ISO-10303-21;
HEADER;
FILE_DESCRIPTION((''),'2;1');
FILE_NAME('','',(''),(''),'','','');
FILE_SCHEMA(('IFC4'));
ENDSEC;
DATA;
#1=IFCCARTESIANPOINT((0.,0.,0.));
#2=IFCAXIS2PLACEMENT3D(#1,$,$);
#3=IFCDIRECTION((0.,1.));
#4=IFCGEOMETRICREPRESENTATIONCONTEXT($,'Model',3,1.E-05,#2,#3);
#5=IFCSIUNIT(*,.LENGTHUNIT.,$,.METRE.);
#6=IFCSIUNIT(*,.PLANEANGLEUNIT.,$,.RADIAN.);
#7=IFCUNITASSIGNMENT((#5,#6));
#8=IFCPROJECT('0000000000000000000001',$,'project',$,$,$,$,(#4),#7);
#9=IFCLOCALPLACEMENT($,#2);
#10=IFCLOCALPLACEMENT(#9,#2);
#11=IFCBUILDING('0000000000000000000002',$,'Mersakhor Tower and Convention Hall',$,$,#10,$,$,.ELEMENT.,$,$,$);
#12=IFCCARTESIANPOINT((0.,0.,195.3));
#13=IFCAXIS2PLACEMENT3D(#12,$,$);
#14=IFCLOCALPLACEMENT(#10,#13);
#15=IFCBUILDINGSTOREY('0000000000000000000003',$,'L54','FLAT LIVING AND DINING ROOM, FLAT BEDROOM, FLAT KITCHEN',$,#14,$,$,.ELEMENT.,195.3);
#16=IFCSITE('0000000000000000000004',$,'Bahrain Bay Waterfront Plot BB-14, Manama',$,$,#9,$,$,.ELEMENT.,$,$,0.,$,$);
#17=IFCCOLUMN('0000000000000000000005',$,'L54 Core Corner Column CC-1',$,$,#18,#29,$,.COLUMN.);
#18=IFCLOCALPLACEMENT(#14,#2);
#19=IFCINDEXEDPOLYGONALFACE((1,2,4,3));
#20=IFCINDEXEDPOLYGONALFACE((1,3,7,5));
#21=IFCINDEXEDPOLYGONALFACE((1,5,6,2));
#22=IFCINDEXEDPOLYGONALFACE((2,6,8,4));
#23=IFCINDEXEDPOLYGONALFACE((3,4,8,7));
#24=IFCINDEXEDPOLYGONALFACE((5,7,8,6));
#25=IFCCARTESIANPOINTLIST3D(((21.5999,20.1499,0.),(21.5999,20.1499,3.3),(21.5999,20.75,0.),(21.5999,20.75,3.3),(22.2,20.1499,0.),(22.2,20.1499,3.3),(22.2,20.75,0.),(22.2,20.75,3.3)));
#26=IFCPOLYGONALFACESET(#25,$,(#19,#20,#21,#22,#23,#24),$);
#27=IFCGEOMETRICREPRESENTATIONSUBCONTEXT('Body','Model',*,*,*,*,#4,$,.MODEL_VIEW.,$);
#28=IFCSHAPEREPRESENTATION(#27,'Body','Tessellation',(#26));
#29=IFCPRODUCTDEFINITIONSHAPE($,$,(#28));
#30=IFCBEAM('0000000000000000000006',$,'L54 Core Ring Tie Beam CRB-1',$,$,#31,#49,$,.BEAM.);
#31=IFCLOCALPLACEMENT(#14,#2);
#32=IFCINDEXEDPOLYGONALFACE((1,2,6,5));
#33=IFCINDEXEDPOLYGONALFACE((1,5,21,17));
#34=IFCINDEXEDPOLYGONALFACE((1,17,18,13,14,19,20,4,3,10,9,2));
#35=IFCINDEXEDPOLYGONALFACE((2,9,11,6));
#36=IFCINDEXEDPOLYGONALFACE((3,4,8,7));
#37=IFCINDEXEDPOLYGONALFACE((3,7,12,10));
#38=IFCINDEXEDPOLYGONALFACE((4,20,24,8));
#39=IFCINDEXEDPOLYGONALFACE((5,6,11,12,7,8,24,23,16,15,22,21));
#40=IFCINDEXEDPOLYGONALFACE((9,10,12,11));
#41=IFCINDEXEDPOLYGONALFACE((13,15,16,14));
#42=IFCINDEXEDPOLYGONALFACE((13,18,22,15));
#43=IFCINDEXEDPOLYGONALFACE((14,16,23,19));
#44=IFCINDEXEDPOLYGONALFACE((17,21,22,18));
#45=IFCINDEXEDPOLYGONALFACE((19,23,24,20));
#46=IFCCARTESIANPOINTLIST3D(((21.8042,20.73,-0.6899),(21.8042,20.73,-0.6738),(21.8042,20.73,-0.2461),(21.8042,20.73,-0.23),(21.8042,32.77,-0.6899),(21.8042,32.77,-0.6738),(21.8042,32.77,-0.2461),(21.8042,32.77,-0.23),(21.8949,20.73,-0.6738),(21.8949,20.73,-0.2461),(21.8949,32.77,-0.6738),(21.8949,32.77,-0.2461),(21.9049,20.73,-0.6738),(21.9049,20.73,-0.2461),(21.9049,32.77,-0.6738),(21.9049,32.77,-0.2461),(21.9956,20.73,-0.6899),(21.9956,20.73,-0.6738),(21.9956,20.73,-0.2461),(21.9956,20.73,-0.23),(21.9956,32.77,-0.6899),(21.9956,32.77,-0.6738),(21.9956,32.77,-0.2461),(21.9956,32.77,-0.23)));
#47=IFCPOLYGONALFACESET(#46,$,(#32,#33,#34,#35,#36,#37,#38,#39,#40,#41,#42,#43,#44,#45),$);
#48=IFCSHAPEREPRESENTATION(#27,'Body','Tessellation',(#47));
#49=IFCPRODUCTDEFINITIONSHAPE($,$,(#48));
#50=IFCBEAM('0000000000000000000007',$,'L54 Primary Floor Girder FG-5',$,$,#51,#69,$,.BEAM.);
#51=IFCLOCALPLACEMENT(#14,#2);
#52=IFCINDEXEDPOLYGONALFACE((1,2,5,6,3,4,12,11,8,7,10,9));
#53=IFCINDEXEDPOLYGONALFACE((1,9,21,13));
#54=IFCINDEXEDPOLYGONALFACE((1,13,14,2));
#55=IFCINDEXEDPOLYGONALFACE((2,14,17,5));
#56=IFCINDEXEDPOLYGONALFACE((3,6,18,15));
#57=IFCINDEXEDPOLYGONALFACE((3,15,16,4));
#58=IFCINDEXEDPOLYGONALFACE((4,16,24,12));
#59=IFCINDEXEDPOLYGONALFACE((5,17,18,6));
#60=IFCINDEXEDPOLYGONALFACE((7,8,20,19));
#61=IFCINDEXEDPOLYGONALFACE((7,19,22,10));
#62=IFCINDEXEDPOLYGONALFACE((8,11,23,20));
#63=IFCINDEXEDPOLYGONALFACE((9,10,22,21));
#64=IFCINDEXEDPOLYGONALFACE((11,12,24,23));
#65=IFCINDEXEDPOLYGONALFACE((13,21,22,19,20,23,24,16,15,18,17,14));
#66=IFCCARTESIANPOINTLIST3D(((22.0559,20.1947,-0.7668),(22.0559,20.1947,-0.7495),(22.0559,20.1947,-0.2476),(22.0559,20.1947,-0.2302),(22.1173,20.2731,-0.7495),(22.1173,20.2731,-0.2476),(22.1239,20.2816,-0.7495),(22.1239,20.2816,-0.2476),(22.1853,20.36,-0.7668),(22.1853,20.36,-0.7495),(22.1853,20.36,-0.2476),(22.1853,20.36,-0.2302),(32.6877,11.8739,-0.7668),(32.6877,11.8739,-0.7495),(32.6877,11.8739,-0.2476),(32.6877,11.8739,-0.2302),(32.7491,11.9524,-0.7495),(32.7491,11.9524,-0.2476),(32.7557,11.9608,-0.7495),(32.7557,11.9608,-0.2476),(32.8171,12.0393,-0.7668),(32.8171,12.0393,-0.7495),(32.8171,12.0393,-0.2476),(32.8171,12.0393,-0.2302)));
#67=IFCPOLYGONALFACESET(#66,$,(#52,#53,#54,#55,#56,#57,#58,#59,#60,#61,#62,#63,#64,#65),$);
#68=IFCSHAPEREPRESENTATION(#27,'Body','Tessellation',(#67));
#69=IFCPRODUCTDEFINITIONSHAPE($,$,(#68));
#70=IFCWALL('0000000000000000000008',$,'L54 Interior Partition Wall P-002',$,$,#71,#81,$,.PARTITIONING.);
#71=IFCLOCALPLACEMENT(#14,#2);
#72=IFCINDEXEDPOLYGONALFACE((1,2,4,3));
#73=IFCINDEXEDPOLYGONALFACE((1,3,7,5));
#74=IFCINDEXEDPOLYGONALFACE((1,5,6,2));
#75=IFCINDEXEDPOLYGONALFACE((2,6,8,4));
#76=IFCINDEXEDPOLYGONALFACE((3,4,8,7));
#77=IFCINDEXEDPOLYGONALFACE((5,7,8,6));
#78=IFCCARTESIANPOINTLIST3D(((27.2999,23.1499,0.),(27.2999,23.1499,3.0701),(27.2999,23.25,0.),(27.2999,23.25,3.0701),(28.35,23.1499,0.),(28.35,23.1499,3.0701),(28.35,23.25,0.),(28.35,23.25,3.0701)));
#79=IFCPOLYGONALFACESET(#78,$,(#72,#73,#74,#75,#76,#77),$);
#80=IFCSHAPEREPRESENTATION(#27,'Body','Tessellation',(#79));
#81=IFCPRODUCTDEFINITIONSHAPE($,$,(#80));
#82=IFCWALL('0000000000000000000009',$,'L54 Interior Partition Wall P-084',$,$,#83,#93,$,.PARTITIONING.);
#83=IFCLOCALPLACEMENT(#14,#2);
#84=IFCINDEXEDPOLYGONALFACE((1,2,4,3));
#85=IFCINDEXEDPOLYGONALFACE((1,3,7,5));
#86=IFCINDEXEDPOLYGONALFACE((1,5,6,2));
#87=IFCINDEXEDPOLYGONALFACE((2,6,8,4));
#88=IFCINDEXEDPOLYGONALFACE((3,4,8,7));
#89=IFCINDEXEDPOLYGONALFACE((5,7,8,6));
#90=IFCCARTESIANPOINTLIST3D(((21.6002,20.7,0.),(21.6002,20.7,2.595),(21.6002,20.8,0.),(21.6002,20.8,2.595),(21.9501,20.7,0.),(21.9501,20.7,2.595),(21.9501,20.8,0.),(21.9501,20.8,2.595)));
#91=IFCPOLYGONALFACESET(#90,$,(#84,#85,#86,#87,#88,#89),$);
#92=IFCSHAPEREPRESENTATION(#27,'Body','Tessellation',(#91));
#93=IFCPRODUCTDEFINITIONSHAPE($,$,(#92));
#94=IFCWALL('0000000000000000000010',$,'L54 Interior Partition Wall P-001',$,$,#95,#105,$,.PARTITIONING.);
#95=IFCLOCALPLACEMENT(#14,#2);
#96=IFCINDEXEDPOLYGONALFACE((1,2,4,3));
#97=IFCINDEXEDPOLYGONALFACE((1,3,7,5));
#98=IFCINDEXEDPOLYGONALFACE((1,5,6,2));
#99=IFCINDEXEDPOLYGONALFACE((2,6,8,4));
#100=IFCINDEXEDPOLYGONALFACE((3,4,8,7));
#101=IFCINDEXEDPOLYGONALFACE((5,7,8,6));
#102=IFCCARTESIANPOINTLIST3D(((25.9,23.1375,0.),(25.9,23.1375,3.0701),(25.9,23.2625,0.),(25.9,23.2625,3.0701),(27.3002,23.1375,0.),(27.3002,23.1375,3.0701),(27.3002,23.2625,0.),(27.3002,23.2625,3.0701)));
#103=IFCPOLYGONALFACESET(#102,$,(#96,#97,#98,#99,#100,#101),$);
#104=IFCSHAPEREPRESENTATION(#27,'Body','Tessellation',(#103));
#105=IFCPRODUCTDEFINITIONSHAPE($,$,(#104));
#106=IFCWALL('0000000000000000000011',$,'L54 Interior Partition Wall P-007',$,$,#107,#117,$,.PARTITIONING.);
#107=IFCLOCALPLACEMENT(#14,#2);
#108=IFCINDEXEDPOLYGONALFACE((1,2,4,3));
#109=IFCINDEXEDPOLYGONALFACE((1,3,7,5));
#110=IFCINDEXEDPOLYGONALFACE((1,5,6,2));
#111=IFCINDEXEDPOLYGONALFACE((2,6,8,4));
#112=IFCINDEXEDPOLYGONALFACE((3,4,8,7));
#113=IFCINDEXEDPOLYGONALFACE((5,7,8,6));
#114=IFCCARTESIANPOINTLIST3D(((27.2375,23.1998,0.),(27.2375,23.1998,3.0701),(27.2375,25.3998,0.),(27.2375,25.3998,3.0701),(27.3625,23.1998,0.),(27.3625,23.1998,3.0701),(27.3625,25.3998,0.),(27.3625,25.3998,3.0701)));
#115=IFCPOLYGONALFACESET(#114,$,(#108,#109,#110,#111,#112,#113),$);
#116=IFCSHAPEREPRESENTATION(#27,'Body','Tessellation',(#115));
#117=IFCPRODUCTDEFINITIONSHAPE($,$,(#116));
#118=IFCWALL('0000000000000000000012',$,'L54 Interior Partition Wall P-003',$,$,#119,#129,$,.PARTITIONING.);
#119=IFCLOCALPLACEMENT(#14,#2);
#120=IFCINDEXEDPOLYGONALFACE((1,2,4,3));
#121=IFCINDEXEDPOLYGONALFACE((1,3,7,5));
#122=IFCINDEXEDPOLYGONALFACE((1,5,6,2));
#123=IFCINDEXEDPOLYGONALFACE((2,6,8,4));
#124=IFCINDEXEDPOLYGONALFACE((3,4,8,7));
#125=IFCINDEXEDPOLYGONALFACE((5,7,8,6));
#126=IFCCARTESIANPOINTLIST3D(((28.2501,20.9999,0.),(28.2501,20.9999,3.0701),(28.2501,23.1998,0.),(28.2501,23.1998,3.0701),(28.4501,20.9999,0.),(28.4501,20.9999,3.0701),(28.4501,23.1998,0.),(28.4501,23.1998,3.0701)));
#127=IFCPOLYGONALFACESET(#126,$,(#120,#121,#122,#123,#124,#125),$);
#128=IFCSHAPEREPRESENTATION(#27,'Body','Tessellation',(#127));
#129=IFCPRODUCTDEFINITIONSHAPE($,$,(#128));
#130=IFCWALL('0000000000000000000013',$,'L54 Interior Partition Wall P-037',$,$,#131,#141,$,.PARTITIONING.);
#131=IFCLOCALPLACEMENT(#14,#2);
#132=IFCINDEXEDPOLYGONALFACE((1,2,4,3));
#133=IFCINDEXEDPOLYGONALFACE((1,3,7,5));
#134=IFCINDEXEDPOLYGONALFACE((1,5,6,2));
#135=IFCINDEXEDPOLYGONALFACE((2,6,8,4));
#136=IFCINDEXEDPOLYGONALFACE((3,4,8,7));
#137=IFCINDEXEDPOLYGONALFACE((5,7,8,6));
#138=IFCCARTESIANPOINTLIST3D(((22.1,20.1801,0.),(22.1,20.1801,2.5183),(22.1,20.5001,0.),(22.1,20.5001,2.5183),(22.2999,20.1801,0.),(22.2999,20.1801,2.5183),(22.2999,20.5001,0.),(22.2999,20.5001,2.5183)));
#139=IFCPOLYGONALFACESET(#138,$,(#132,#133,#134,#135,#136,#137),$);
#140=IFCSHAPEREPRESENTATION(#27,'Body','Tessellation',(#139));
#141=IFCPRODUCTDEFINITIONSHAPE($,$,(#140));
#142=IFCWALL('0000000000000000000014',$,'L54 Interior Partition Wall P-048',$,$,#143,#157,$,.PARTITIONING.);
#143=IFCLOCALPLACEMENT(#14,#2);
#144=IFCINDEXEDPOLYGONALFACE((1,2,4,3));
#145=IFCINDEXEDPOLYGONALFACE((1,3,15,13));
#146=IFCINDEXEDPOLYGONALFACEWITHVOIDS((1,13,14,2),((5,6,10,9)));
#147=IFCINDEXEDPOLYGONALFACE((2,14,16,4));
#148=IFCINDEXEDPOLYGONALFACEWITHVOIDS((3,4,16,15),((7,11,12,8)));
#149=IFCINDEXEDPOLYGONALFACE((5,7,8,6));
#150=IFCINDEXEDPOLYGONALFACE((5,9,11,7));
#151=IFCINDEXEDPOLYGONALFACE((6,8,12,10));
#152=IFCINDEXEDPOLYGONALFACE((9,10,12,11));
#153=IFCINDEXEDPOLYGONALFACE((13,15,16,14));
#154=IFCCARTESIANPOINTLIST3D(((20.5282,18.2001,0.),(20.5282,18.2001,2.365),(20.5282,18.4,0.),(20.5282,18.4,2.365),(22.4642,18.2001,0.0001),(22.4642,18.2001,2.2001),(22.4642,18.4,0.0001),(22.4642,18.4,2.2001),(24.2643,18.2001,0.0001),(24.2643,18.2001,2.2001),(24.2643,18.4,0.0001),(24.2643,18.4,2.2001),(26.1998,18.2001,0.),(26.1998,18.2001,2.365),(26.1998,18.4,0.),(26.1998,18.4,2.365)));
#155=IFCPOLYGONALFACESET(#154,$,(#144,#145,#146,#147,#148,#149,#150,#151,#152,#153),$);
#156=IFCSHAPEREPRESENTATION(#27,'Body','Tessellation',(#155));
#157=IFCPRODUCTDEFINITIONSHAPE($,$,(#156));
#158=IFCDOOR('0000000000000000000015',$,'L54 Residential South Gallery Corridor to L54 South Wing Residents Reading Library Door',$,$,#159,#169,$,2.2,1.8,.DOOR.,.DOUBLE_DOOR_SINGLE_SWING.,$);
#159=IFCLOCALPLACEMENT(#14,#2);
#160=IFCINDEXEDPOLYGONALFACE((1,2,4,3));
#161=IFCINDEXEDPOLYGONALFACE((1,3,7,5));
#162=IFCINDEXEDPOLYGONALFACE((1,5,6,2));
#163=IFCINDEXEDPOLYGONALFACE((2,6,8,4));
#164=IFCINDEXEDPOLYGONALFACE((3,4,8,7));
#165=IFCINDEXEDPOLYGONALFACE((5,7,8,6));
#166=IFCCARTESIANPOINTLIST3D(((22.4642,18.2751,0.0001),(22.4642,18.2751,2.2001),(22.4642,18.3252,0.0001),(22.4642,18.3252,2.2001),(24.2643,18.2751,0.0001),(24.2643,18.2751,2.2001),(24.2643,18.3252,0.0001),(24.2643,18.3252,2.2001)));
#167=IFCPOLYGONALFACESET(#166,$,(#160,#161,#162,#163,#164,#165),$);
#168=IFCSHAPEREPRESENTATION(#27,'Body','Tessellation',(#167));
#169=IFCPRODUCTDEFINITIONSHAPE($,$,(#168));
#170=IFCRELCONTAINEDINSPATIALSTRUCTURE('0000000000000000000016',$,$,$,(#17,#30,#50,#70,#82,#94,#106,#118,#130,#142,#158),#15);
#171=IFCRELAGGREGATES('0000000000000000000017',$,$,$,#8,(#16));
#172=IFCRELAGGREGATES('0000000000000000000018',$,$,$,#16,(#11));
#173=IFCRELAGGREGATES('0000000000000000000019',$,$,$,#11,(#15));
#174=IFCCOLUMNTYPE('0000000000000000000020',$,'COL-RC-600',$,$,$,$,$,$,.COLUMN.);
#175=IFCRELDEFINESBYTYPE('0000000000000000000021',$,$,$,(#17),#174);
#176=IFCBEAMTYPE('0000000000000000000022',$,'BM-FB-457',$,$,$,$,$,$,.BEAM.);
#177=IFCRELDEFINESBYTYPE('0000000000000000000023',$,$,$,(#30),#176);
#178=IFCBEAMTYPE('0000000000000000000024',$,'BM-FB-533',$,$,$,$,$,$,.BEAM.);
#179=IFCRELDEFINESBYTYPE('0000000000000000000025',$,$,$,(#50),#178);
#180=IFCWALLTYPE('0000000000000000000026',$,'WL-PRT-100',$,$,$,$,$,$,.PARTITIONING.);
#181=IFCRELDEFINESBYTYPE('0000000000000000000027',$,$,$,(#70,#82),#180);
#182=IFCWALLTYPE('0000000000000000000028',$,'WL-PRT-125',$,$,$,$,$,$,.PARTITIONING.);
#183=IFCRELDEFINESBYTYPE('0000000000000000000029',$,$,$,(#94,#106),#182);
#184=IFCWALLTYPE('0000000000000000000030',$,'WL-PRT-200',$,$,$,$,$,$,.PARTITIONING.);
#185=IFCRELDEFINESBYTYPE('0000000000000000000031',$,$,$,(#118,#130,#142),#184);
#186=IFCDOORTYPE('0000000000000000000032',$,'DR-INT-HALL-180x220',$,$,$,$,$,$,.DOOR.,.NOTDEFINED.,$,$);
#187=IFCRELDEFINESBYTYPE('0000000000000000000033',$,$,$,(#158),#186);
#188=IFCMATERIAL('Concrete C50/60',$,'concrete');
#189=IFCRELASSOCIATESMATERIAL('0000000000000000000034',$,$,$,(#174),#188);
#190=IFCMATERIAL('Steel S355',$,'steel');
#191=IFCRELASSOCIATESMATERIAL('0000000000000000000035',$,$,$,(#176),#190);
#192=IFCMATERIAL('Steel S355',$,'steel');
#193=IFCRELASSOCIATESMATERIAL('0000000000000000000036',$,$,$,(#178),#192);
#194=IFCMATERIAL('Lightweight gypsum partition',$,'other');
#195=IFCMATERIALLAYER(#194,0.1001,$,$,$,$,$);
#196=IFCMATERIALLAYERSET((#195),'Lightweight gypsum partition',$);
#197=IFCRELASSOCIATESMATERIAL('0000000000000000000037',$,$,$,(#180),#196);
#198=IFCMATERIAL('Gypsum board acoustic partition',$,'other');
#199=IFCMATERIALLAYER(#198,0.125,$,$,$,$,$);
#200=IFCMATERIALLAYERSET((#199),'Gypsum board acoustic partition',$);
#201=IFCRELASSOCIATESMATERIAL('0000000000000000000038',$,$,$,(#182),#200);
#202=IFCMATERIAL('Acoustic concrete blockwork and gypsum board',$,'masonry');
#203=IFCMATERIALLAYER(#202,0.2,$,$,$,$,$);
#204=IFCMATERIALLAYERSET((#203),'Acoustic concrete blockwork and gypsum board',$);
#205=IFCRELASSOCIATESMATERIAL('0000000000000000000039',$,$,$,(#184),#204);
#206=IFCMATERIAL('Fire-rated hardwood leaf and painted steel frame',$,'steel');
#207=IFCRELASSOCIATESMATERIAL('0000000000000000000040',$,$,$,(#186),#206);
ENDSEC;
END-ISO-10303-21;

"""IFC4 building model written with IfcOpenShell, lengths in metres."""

from ifc_helpers import new_model, si_unit, direction, frame, frame_2d, origin, origin_2d, place, context, subcontext, project, spatial, rectangle, i_section, extrude, material, layer, layer_set, material_profile, profile_set, type_object, element, fill, save


model = new_model("IFC4")

# Units and contexts
model_context = context("Model", 3, precision=1e-05, world=origin(), true_north=direction((0.0, 1.0)))
body_context = subcontext(model_context, "Body", "Model", "MODEL_VIEW")
ifc_project = project(units=[si_unit("LENGTHUNIT", "METRE"), si_unit("PLANEANGLEUNIT", "RADIAN")], contexts=[model_context])

# Site, building, storey
site_placement = place(None, origin())
site = spatial("IfcSite", under=ifc_project, at=site_placement, Name="Bahrain Bay Waterfront Plot BB-14, Manama", CompositionType="ELEMENT", RefElevation=0.0)
building_placement = place(site_placement, origin())
building = spatial("IfcBuilding", under=site, at=building_placement, Name="Mersakhor Tower and Convention Hall", CompositionType="ELEMENT")
storey_placement = place(building_placement, frame((0.0, 0.0, 195.3)))
storey = spatial("IfcBuildingStorey", under=building, at=storey_placement, Name="L54", Description="FLAT LIVING AND DINING ROOM, FLAT BEDROOM, FLAT KITCHEN", CompositionType="ELEMENT", Elevation=195.3)

# Column
ifc_material_1 = material(Name="Concrete C50/60", Category="concrete")
ifc_material_profile_1 = material_profile(ifc_material_1, rectangle(XDim=0.6001, YDim=0.6001, at=origin_2d()), Name="RC 600x600")
ifc_profile_set_1 = profile_set([ifc_material_profile_1], Name="Concrete C50/60")
column_type = type_object("IfcColumnType", Name="COL-RC-600", PredefinedType="COLUMN", material=ifc_profile_set_1)
column_placement = place(storey_placement, frame((21.8999, 20.45, 0.0), z_axis=(0.0, 0.0, 1.0), x_axis=(1.0, 0.0, 0.0)))
element("IfcColumn", 1, at=column_placement, inside=storey, type_object=column_type, Name="L54 Core Corner Column CC-1", PredefinedType="COLUMN", context=body_context, shape_type="SweptSolid", body=[
    extrude(rectangle(XDim=0.6001, YDim=0.6001, at=origin_2d()), origin(), (0.0, 0.0, 1.0), 3.3),
])

# Beams
ifc_material_2 = material(Name="Steel S355", Category="steel")
ifc_material_profile_2 = material_profile(ifc_material_2, i_section(OverallWidth=0.1914, OverallDepth=0.46, WebThickness=0.01, FlangeThickness=0.0161, at=origin_2d()), Name="UB 457x191x82")
ifc_profile_set_2 = profile_set([ifc_material_profile_2], Name="Steel S355")
beam_type_1 = type_object("IfcBeamType", Name="BM-FB-457", PredefinedType="BEAM", material=ifc_profile_set_2)
beam_1_placement = place(storey_placement, frame((21.8999, 20.73, -0.46), z_axis=(0.0, 1.0, 0.0), x_axis=(-1.0, 0.0, 0.0)))
element("IfcBeam", 2, at=beam_1_placement, inside=storey, type_object=beam_type_1, Name="L54 Core Ring Tie Beam CRB-1", PredefinedType="BEAM", context=body_context, shape_type="SweptSolid", body=[
    extrude(i_section(OverallWidth=0.1914, OverallDepth=0.46, WebThickness=0.01, FlangeThickness=0.0161, at=origin_2d()), origin(), (0.0, 0.0, 1.0), 12.04),
])
ifc_material_3 = material(Name="Steel S355", Category="steel")
ifc_material_profile_3 = material_profile(ifc_material_3, i_section(OverallWidth=0.21, OverallDepth=0.5366, WebThickness=0.0107, FlangeThickness=0.0173, at=origin_2d()), Name="UB 533x210x101")
ifc_profile_set_3 = profile_set([ifc_material_profile_3], Name="Steel S355")
beam_type_2 = type_object("IfcBeamType", Name="BM-FB-533", PredefinedType="BEAM", material=ifc_profile_set_3)
beam_2_placement = place(storey_placement, frame((22.1206, 20.2773, -0.4985), z_axis=(0.787497, -0.616319, 0.0), x_axis=(0.616319, 0.787497, 0.0)))
element("IfcBeam", 3, at=beam_2_placement, inside=storey, type_object=beam_type_2, Name="L54 Primary Floor Girder FG-5", PredefinedType="BEAM", context=body_context, shape_type="SweptSolid", body=[
    extrude(i_section(OverallWidth=0.21, OverallDepth=0.5366, WebThickness=0.0107, FlangeThickness=0.0173, at=origin_2d()), origin(), (0.0, 0.0, 1.0), 13.5007),
])

# Walls
ifc_material_4 = material(Name="Lightweight gypsum partition", Category="other")
ifc_layer_1 = layer(ifc_material_4, 0.1001)
ifc_layer_set_1 = layer_set([ifc_layer_1], Name="Lightweight gypsum partition")
wall_type_1 = type_object("IfcWallType", Name="WL-PRT-100", PredefinedType="PARTITIONING", material=ifc_layer_set_1)
wall_1_placement = place(storey_placement, frame((27.3, 23.2, 0.0), z_axis=(0.0, 0.0, 1.0), x_axis=(1.0, 0.0, 0.0)))
element("IfcWall", 4, at=wall_1_placement, inside=storey, type_object=wall_type_1, Name="L54 Interior Partition Wall P-002", PredefinedType="PARTITIONING", context=body_context, shape_type="SweptSolid", body=[
    extrude(rectangle(XDim=1.05, YDim=0.1001, at=frame_2d((0.5249, 0.0))), origin(), (0.0, 0.0, 1.0), 3.0701),
])
wall_2_placement = place(storey_placement, frame((21.95, 20.75, 0.0), z_axis=(0.0, 0.0, 1.0), x_axis=(-1.0, 0.0, 0.0)))
element("IfcWall", 5, at=wall_2_placement, inside=storey, type_object=wall_type_1, Name="L54 Interior Partition Wall P-084", PredefinedType="PARTITIONING", context=body_context, shape_type="SweptSolid", body=[
    extrude(rectangle(XDim=0.3499, YDim=0.1001, at=frame_2d((0.1748, 0.0))), origin(), (0.0, 0.0, 1.0), 2.595),
])
ifc_material_5 = material(Name="Gypsum board acoustic partition", Category="other")
ifc_layer_2 = layer(ifc_material_5, 0.125)
ifc_layer_set_2 = layer_set([ifc_layer_2], Name="Gypsum board acoustic partition")
wall_type_2 = type_object("IfcWallType", Name="WL-PRT-125", PredefinedType="PARTITIONING", material=ifc_layer_set_2)
wall_3_placement = place(storey_placement, frame((25.8999, 23.2, 0.0), z_axis=(0.0, 0.0, 1.0), x_axis=(1.0, 0.0, 0.0)))
element("IfcWall", 6, at=wall_3_placement, inside=storey, type_object=wall_type_2, Name="L54 Interior Partition Wall P-001", PredefinedType="PARTITIONING", context=body_context, shape_type="SweptSolid", body=[
    extrude(rectangle(XDim=1.4001, YDim=0.125, at=frame_2d((0.7002, 0.0))), origin(), (0.0, 0.0, 1.0), 3.0701),
])
wall_4_placement = place(storey_placement, frame((27.3, 25.3999, 0.0), z_axis=(0.0, 0.0, 1.0), x_axis=(0.0, -1.0, 0.0)))
element("IfcWall", 7, at=wall_4_placement, inside=storey, type_object=wall_type_2, Name="L54 Interior Partition Wall P-007", PredefinedType="PARTITIONING", context=body_context, shape_type="SweptSolid", body=[
    extrude(rectangle(XDim=2.2, YDim=0.125, at=frame_2d((1.1001, 0.0))), origin(), (0.0, 0.0, 1.0), 3.0701),
])

# Shared definitions
ifc_material_6 = material(Name="Acoustic concrete blockwork and gypsum board", Category="masonry")
ifc_layer_3 = layer(ifc_material_6, 0.2)
ifc_layer_set_3 = layer_set([ifc_layer_3], Name="Acoustic concrete blockwork and gypsum board")
wall_type_3 = type_object("IfcWallType", Name="WL-PRT-200", PredefinedType="PARTITIONING", material=ifc_layer_set_3)

# Walls
wall_5_placement = place(storey_placement, frame((28.3501, 23.2, 0.0), z_axis=(0.0, 0.0, 1.0), x_axis=(0.0, -1.0, 0.0)))
element("IfcWall", 8, at=wall_5_placement, inside=storey, type_object=wall_type_3, Name="L54 Interior Partition Wall P-003", PredefinedType="PARTITIONING", context=body_context, shape_type="SweptSolid", body=[
    extrude(rectangle(XDim=2.2, YDim=0.2, at=frame_2d((1.1001, 0.0))), origin(), (0.0, 0.0, 1.0), 3.0701),
])
wall_6_placement = place(storey_placement, frame((22.2, 20.1799, 0.0), z_axis=(0.0, 0.0, 1.0), x_axis=(0.0, 1.0, 0.0)))
element("IfcWall", 9, at=wall_6_placement, inside=storey, type_object=wall_type_3, Name="L54 Interior Partition Wall P-037", PredefinedType="PARTITIONING", context=body_context, shape_type="SweptSolid", body=[
    extrude(rectangle(XDim=0.3201, YDim=0.2, at=frame_2d((0.1602, 0.0))), origin(), (0.0, 0.0, 1.0), 2.5183),
])

# Wall, opening, door
wall_7_placement = place(storey_placement, frame((26.2, 18.3, 0.0), z_axis=(0.0, 0.0, 1.0), x_axis=(-1.0, 0.0, 0.0)))
wall_7 = element("IfcWall", 10, at=wall_7_placement, inside=storey, type_object=wall_type_3, Name="L54 Interior Partition Wall P-048", PredefinedType="PARTITIONING", context=body_context, shape_type="SweptSolid", body=[
    extrude(rectangle(XDim=5.6716, YDim=0.2, at=frame_2d((2.8359, 0.0))), origin(), (0.0, 0.0, 1.0), 2.365),
])
opening_1_placement = place(wall_7_placement, frame((1.9358, 0.0, 0.0)))
opening_1 = element("IfcOpeningElement", 11, at=opening_1_placement, cuts=wall_7, PredefinedType="OPENING", context=body_context, shape_type="SweptSolid", body=[
    extrude(rectangle(XDim=1.8, YDim=2.2, at=frame_2d((0.8999, 1.1001))), frame((0.0, 0.1099, 0.0), z_axis=(0.0, -1.0, 0.0), x_axis=(1.0, 0.0, 0.0)), (0.0, 0.0, 1.0), 0.22),
])
ifc_material_7 = material(Name="Fire-rated hardwood leaf and painted steel frame", Category="steel")
door_type_1 = type_object("IfcDoorType", Name="DR-INT-HALL-180x220", OperationType="NOTDEFINED", PredefinedType="DOOR", material=ifc_material_7)
door_1_placement = place(opening_1_placement, origin())
door_1 = element("IfcDoor", 12, at=door_1_placement, inside=storey, type_object=door_type_1, Name="L54 Residential South Gallery Corridor to L54 South Wing Residents Reading Library Door", OperationType="DOUBLE_DOOR_SINGLE_SWING", OverallHeight=2.2, OverallWidth=1.8, PredefinedType="DOOR", context=body_context, shape_type="SweptSolid", body=[
    extrude(rectangle(XDim=1.8, YDim=2.2, at=frame_2d((0.8999, 1.1001))), frame((0.0, 0.0249, 0.0), z_axis=(0.0, -1.0, 0.0), x_axis=(1.0, 0.0, 0.0)), (0.0, 0.0, 1.0), 0.05),
])
fill(opening_1, door_1)

save(model, "model.ifc")
